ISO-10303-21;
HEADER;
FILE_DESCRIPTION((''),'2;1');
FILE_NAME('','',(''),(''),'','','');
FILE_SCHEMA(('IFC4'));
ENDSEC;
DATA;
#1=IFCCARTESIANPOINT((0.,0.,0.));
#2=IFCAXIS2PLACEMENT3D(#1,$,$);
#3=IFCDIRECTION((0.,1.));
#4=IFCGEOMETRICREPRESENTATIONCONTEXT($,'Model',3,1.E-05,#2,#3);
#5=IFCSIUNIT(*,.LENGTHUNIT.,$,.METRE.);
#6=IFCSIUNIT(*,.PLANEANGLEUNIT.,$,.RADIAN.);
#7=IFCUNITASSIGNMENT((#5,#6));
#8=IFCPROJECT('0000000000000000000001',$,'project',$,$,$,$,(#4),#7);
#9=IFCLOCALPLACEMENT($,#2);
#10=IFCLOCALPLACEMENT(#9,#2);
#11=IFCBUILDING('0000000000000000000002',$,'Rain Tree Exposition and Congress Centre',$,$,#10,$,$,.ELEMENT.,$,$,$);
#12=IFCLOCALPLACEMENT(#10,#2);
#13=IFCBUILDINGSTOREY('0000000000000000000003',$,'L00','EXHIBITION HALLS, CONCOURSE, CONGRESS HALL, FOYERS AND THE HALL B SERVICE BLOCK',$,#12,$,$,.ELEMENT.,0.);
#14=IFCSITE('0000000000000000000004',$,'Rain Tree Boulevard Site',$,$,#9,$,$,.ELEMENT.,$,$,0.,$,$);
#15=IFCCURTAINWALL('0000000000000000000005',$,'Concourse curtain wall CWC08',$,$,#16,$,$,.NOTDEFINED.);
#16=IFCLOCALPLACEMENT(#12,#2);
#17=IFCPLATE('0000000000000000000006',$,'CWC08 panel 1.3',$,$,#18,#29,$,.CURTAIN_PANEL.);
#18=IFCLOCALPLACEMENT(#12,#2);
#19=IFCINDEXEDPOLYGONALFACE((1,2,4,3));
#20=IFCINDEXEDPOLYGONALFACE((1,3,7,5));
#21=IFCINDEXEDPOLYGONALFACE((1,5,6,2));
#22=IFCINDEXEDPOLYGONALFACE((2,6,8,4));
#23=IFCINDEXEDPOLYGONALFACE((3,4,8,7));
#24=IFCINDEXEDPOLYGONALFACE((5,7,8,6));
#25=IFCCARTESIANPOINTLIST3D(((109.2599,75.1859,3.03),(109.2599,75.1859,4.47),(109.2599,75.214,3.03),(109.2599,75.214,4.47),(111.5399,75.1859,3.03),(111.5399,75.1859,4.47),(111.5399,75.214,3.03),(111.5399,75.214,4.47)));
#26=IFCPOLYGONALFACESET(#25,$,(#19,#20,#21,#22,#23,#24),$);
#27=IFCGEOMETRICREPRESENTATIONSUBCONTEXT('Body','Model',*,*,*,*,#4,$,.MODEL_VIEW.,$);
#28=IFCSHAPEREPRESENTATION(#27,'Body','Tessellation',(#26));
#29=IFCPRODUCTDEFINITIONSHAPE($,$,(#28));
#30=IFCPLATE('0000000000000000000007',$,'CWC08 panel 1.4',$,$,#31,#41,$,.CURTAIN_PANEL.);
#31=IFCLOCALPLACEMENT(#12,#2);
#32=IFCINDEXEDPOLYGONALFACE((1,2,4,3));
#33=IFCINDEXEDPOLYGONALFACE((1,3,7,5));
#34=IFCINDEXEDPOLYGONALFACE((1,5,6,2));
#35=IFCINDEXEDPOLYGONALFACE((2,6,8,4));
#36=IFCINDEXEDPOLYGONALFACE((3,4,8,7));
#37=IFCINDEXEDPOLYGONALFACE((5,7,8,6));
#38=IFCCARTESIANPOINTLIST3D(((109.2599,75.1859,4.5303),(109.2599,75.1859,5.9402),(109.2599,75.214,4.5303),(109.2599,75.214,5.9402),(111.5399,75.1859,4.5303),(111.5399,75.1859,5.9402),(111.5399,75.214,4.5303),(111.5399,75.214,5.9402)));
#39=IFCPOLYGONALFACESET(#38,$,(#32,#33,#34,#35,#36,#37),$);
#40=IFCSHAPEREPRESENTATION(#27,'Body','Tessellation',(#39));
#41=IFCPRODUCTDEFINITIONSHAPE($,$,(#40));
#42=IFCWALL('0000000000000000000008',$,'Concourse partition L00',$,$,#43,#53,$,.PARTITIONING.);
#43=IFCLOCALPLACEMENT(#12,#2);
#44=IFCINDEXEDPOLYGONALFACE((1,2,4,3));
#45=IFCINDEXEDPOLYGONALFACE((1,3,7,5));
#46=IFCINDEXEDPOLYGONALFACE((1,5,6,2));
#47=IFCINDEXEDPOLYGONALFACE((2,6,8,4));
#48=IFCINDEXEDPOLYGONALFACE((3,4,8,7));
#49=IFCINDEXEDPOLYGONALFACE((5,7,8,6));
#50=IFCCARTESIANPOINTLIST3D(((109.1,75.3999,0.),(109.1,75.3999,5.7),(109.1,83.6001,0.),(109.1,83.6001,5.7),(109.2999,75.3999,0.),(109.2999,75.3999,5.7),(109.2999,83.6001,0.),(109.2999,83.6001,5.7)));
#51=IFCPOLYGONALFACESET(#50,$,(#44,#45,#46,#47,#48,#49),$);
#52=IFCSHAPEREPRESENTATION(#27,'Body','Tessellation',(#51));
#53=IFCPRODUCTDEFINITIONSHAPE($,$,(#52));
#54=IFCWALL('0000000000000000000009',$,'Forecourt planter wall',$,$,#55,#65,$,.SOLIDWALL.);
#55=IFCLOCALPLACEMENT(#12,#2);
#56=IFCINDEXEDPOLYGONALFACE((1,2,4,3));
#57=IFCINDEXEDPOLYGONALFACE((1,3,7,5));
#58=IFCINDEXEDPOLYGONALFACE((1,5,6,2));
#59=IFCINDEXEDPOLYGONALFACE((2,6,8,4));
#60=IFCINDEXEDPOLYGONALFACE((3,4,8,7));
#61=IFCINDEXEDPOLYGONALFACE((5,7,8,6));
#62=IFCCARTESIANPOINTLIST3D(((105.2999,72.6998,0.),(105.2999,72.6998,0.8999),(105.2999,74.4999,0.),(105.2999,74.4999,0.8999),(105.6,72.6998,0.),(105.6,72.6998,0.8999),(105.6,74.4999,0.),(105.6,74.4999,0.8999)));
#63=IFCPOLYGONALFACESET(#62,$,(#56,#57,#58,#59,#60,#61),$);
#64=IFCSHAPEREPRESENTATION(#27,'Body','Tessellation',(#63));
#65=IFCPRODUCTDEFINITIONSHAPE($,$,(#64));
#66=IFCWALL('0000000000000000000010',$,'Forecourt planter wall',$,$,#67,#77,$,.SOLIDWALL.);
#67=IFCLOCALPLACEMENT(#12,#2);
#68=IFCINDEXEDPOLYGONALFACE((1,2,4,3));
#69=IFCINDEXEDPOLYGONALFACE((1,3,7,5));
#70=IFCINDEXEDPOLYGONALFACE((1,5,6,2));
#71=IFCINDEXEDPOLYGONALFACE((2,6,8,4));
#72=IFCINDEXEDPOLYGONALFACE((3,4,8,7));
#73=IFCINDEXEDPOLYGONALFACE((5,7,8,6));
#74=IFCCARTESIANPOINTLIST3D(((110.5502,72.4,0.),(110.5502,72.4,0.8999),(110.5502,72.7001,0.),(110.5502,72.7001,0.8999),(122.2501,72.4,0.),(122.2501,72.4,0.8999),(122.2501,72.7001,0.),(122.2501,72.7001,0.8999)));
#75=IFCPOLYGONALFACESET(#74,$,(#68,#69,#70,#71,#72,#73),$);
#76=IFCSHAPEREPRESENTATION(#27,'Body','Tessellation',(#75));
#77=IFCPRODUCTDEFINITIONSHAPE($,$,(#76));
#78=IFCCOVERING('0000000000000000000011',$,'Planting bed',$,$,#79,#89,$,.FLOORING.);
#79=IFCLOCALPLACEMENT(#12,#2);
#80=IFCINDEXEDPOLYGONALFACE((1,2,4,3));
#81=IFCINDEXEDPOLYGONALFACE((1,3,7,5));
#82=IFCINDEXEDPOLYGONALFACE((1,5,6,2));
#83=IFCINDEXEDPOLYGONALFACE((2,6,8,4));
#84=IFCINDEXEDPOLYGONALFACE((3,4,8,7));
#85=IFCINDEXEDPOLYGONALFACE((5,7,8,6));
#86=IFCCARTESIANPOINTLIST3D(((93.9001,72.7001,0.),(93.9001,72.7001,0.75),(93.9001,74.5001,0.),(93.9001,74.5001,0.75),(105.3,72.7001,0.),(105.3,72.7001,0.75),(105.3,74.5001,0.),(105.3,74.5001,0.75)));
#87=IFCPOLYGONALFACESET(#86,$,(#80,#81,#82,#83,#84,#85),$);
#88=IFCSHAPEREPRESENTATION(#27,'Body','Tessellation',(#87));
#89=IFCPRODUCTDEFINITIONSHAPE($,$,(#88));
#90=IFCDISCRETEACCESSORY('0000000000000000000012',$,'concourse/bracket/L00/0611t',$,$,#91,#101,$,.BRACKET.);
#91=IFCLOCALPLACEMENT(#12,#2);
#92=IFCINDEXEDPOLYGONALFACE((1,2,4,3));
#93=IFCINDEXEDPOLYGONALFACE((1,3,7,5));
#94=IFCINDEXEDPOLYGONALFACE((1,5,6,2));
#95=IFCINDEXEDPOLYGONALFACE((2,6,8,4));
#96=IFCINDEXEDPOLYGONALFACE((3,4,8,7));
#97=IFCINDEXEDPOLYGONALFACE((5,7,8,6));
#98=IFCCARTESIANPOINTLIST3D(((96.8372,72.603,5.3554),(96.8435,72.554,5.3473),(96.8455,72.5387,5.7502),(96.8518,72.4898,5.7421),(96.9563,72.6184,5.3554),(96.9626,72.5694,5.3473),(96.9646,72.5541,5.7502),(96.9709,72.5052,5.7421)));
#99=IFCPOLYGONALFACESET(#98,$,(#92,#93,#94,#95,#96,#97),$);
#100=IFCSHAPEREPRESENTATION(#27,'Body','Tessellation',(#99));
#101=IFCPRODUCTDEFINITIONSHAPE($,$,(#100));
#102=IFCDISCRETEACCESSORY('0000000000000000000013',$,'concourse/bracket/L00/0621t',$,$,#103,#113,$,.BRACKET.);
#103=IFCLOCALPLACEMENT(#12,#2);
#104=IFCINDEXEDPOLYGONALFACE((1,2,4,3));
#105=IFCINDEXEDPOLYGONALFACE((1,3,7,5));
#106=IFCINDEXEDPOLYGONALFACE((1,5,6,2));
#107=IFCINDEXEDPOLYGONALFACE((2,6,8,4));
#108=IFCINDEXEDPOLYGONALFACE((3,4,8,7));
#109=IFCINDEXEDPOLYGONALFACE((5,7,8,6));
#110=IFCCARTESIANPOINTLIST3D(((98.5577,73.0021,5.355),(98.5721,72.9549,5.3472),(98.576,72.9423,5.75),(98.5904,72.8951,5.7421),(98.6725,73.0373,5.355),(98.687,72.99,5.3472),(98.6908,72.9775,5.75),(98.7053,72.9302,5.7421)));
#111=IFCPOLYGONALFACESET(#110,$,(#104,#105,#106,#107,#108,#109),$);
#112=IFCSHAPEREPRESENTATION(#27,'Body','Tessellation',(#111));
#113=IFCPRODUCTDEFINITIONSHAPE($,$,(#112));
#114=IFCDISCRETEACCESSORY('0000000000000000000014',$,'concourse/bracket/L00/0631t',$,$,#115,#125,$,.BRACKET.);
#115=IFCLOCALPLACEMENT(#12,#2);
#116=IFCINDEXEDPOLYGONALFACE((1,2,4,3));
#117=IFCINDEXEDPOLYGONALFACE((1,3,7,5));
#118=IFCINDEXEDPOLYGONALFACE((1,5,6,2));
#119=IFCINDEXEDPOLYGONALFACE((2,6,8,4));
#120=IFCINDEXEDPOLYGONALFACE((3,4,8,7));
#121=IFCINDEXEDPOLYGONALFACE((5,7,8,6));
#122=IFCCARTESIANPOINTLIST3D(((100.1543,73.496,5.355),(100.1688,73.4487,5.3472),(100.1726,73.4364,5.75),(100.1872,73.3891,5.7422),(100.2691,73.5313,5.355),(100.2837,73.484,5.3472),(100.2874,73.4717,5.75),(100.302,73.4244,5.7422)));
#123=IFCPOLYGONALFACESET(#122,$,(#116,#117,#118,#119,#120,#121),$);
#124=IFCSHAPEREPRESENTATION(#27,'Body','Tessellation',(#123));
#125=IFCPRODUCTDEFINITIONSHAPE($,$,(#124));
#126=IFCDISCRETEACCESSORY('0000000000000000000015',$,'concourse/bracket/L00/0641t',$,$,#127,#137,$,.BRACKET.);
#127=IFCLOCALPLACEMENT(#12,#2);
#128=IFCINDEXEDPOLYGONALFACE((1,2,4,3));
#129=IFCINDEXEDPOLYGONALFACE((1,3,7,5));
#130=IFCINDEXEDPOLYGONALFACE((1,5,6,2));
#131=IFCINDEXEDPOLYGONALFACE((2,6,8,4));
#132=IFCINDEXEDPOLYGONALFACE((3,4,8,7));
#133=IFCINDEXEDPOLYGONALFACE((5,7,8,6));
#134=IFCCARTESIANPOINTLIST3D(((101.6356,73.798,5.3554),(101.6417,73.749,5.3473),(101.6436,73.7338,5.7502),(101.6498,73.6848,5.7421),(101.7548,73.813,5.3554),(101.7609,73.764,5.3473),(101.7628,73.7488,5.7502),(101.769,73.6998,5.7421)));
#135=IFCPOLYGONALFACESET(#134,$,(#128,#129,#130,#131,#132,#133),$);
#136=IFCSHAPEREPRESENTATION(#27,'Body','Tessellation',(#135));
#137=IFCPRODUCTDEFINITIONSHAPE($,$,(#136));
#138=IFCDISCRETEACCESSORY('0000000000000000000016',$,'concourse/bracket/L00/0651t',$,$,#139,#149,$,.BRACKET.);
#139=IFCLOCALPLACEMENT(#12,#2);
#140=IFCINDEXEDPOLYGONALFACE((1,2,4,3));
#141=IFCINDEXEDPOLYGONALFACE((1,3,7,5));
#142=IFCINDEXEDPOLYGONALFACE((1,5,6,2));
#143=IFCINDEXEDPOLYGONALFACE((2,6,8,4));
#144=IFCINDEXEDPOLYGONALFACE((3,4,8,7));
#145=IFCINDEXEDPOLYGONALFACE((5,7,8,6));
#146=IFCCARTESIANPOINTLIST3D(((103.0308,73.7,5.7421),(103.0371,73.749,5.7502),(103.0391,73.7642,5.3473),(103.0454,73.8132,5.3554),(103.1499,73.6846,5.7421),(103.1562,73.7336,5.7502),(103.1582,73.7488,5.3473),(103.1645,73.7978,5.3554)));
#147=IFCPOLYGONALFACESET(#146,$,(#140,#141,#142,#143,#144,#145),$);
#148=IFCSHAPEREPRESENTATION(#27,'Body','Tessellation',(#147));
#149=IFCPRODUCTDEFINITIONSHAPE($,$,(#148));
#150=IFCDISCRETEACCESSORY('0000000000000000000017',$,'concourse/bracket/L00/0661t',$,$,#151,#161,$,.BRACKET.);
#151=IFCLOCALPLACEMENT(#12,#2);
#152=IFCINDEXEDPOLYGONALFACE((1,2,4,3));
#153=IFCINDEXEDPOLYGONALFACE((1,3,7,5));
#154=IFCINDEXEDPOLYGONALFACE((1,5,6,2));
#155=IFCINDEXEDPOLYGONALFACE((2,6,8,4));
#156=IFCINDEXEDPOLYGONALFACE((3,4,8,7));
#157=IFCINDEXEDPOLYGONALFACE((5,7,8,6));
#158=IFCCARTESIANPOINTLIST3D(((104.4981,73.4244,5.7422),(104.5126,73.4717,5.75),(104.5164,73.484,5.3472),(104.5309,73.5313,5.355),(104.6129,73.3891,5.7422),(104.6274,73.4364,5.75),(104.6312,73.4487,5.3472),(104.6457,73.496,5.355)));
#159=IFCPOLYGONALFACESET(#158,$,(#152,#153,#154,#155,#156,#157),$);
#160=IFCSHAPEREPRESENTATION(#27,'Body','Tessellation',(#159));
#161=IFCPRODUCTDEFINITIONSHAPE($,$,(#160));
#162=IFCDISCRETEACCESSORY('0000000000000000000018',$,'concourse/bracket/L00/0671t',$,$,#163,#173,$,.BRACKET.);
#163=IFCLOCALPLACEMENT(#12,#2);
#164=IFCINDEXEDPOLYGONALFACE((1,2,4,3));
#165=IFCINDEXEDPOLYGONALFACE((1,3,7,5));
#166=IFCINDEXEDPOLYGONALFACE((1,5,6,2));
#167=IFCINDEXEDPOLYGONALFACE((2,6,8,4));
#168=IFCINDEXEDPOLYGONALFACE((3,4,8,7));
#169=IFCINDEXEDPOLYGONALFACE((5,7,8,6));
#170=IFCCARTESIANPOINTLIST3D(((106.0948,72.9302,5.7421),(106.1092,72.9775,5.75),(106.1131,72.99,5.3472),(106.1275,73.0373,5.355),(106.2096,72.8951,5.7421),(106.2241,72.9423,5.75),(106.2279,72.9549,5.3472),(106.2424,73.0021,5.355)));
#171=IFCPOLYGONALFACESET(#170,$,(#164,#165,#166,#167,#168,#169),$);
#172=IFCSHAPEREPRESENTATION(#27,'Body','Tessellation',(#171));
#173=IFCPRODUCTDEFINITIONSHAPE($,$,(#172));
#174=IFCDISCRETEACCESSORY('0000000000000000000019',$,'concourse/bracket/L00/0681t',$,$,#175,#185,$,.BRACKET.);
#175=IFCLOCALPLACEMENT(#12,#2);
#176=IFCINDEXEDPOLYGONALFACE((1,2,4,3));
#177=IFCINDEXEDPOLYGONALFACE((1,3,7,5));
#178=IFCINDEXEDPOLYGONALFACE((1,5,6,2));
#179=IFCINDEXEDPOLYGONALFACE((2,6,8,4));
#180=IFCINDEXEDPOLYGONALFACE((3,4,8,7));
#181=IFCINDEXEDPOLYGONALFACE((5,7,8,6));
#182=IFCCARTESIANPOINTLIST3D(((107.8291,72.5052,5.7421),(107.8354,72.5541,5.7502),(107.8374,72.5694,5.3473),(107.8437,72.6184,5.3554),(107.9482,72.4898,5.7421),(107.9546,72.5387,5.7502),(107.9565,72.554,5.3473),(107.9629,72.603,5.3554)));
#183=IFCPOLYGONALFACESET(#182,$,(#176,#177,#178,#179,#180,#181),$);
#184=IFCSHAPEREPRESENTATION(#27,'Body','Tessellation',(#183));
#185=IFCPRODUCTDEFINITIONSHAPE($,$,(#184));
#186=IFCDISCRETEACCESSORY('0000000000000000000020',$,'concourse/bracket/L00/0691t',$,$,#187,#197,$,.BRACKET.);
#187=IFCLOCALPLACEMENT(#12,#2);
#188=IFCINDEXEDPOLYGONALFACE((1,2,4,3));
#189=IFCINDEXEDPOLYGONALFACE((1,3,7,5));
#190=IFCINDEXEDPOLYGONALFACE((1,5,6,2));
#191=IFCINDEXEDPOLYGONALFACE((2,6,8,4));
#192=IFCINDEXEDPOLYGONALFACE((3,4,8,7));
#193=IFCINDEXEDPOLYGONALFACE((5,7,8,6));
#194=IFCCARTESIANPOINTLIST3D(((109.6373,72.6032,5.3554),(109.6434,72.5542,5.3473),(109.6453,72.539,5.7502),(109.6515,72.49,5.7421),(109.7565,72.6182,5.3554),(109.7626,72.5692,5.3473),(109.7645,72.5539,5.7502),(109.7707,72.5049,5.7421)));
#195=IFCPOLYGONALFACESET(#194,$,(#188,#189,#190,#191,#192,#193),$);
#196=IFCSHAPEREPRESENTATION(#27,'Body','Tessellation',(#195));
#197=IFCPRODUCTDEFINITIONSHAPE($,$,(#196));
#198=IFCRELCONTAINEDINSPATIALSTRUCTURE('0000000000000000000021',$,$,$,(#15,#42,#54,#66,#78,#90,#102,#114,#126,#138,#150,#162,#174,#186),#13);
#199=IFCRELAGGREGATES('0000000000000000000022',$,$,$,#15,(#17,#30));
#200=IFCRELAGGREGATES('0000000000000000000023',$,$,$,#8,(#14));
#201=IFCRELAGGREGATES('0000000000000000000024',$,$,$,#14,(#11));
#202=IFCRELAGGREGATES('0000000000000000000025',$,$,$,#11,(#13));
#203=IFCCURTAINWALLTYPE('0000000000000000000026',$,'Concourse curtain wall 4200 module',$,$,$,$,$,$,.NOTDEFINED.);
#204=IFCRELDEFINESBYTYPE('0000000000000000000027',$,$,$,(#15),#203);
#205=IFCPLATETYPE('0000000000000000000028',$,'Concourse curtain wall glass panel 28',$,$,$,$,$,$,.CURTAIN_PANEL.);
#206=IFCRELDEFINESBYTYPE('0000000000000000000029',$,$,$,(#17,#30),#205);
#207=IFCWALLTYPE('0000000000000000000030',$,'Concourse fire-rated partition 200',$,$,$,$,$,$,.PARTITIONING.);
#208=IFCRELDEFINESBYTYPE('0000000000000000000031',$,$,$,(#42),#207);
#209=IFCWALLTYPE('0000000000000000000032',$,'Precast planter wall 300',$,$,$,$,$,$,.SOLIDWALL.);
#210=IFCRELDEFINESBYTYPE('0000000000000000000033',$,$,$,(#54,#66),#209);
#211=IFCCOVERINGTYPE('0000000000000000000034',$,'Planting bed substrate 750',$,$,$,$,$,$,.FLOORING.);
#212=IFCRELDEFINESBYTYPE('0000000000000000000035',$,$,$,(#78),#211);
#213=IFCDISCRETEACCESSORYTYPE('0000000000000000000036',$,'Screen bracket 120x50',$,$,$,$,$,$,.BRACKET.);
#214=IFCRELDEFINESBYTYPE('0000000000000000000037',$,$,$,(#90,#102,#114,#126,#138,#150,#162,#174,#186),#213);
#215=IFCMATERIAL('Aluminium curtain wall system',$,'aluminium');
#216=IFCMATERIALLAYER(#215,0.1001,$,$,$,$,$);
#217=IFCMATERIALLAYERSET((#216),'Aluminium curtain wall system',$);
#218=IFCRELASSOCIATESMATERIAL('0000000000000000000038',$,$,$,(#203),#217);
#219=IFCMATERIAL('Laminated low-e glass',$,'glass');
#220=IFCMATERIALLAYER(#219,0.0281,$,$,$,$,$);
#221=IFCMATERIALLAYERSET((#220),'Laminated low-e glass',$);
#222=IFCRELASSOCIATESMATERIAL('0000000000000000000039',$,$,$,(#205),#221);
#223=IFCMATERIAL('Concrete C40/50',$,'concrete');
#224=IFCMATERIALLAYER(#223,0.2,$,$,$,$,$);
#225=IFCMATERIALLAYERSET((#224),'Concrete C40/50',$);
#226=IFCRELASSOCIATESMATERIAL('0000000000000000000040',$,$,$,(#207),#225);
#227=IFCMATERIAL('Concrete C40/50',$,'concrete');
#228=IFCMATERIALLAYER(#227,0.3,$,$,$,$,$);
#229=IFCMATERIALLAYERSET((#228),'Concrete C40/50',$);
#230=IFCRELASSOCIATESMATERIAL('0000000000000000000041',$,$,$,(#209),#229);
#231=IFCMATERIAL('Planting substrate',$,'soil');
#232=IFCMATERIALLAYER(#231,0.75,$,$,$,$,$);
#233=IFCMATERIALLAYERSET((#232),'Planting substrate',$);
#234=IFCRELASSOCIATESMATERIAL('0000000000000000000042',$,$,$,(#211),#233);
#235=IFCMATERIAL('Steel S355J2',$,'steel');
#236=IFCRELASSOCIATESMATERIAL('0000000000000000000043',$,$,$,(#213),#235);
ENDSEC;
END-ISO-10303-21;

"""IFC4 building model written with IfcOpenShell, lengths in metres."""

from ifc_helpers import new_model, si_unit, direction, frame, frame_2d, origin, origin_2d, place, context, subcontext, project, spatial, rectangle, extrude, material, layer, layer_set, material_profile, profile_set, type_object, element, aggregate, save


model = new_model("IFC4")

# Units and contexts
model_context = context("Model", 3, precision=1e-05, world=origin(), true_north=direction((0.0, 1.0)))
body_context = subcontext(model_context, "Body", "Model", "MODEL_VIEW")
ifc_project = project(units=[si_unit("LENGTHUNIT", "METRE"), si_unit("PLANEANGLEUNIT", "RADIAN")], contexts=[model_context])

# Site, building, storey
site_placement = place(None, origin())
site = spatial("IfcSite", under=ifc_project, at=site_placement, Name="Rain Tree Boulevard Site", CompositionType="ELEMENT", RefElevation=0.0)
building_placement = place(site_placement, origin())
building = spatial("IfcBuilding", under=site, at=building_placement, Name="Rain Tree Exposition and Congress Centre", CompositionType="ELEMENT")
storey_placement = place(building_placement, origin())
storey = spatial("IfcBuildingStorey", under=building, at=storey_placement, Name="L00", Description="EXHIBITION HALLS, CONCOURSE, CONGRESS HALL, FOYERS AND THE HALL B SERVICE BLOCK", CompositionType="ELEMENT", Elevation=0.0)

# Curtain wall, plates
ifc_material_1 = material(Name="Aluminium curtain wall system", Category="aluminium")
ifc_layer_1 = layer(ifc_material_1, 0.1001)
ifc_layer_set_1 = layer_set([ifc_layer_1], Name="Aluminium curtain wall system")
curtain_wall_type = type_object("IfcCurtainWallType", Name="Concourse curtain wall 4200 module", PredefinedType="NOTDEFINED", material=ifc_layer_set_1)
curtain_wall_placement = place(storey_placement, origin())
curtain_wall = element("IfcCurtainWall", 1, at=curtain_wall_placement, inside=storey, type_object=curtain_wall_type, Name="Concourse curtain wall CWC08", PredefinedType="NOTDEFINED")
ifc_material_2 = material(Name="Laminated low-e glass", Category="glass")
ifc_layer_2 = layer(ifc_material_2, 0.0281)
ifc_layer_set_2 = layer_set([ifc_layer_2], Name="Laminated low-e glass")
plate_type = type_object("IfcPlateType", Name="Concourse curtain wall glass panel 28", PredefinedType="CURTAIN_PANEL", material=ifc_layer_set_2)
plate_1_placement = place(storey_placement, frame((110.3999, 75.2, 3.03), z_axis=(0.0, 0.0, 1.0), x_axis=(1.0, 0.0, 0.0)))
plate_1 = element("IfcPlate", 2, at=plate_1_placement, type_object=plate_type, Name="CWC08 panel 1.3", PredefinedType="CURTAIN_PANEL", context=body_context, shape_type="SweptSolid", body=[
    extrude(rectangle(XDim=2.28, YDim=0.0281, at=origin_2d()), origin(), (0.0, 0.0, 1.0), 1.4399),
])
plate_2_placement = place(storey_placement, frame((110.3999, 75.2, 4.5303), z_axis=(0.0, 0.0, 1.0), x_axis=(1.0, 0.0, 0.0)))
plate_2 = element("IfcPlate", 3, at=plate_2_placement, type_object=plate_type, Name="CWC08 panel 1.4", PredefinedType="CURTAIN_PANEL", context=body_context, shape_type="SweptSolid", body=[
    extrude(rectangle(XDim=2.28, YDim=0.0281, at=origin_2d()), origin(), (0.0, 0.0, 1.0), 1.4099),
])
aggregate(curtain_wall, [plate_1, plate_2])

# Walls
ifc_material_3 = material(Name="Concrete C40/50", Category="concrete")
ifc_layer_3 = layer(ifc_material_3, 0.2)
ifc_layer_set_3 = layer_set([ifc_layer_3], Name="Concrete C40/50")
wall_type_1 = type_object("IfcWallType", Name="Concourse fire-rated partition 200", PredefinedType="PARTITIONING", material=ifc_layer_set_3)
wall_1_placement = place(storey_placement, frame((109.2, 75.3999, 0.0), z_axis=(0.0, 0.0, 1.0), x_axis=(0.0, 1.0, 0.0)))
element("IfcWall", 4, at=wall_1_placement, inside=storey, type_object=wall_type_1, Name="Concourse partition L00", PredefinedType="PARTITIONING", context=body_context, shape_type="SweptSolid", body=[
    extrude(rectangle(XDim=8.2002, YDim=0.2, at=frame_2d((4.1001, 0.0))), origin(), (0.0, 0.0, 1.0), 5.7),
])
ifc_material_4 = material(Name="Concrete C40/50", Category="concrete")
ifc_layer_4 = layer(ifc_material_4, 0.3)
ifc_layer_set_4 = layer_set([ifc_layer_4], Name="Concrete C40/50")
wall_type_2 = type_object("IfcWallType", Name="Precast planter wall 300", PredefinedType="SOLIDWALL", material=ifc_layer_set_4)
wall_2_placement = place(storey_placement, frame((105.45, 72.7, 0.0), z_axis=(0.0, 0.0, 1.0), x_axis=(0.0, 1.0, 0.0)))
element("IfcWall", 5, at=wall_2_placement, inside=storey, type_object=wall_type_2, Name="Forecourt planter wall", PredefinedType="SOLIDWALL", context=body_context, shape_type="SweptSolid", body=[
    extrude(rectangle(XDim=1.8, YDim=0.3, at=frame_2d((0.8999, 0.0))), origin(), (0.0, 0.0, 1.0), 0.8999),
])
wall_3_placement = place(storey_placement, frame((110.55, 72.55, 0.0), z_axis=(0.0, 0.0, 1.0), x_axis=(1.0, 0.0, 0.0)))
element("IfcWall", 6, at=wall_3_placement, inside=storey, type_object=wall_type_2, Name="Forecourt planter wall", PredefinedType="SOLIDWALL", context=body_context, shape_type="SweptSolid", body=[
    extrude(rectangle(XDim=11.7, YDim=0.3, at=frame_2d((5.8501, 0.0))), origin(), (0.0, 0.0, 1.0), 0.8999),
])

# Covering
ifc_material_5 = material(Name="Planting substrate", Category="soil")
ifc_layer_5 = layer(ifc_material_5, 0.75)
ifc_layer_set_5 = layer_set([ifc_layer_5], Name="Planting substrate")
covering_type_1 = type_object("IfcCoveringType", Name="Planting bed substrate 750", PredefinedType="FLOORING", material=ifc_layer_set_5)
covering_1_placement = place(storey_placement, frame((99.6001, 73.6001, 0.0), z_axis=(0.0, 0.0, 1.0), x_axis=(1.0, 0.0, 0.0)))
element("IfcCovering", 7, at=covering_1_placement, inside=storey, type_object=covering_type_1, Name="Planting bed", PredefinedType="FLOORING", context=body_context, shape_type="SweptSolid", body=[
    extrude(rectangle(XDim=11.3999, YDim=1.8, at=origin_2d()), origin(), (0.0, 0.0, 1.0), 0.75),
])

# Discrete accessories
ifc_material_6 = material(Name="Steel S355J2", Category="steel")
ifc_material_profile_1 = material_profile(ifc_material_6, rectangle(XDim=0.1201, YDim=0.05, at=origin_2d()), Name="Flat bar 120x50")
ifc_profile_set_1 = profile_set([ifc_material_profile_1], Name="Steel S355J2")
discrete_accessory_type = type_object("IfcDiscreteAccessoryType", Name="Screen bracket 120x50", PredefinedType="BRACKET", material=ifc_profile_set_1)
discrete_accessory_placement = place(storey_placement, frame((96.8999, 72.5862, 5.3513), z_axis=(0.020749, -0.160503, 0.986817), x_axis=(0.991747, 0.128211, 0.0)))
element("IfcDiscreteAccessory", 8, at=discrete_accessory_placement, inside=storey, type_object=discrete_accessory_type, Name="concourse/bracket/L00/0611t", PredefinedType="BRACKET", context=body_context, shape_type="SweptSolid", body=[
    extrude(rectangle(XDim=0.1201, YDim=0.05, at=origin_2d()), origin(), (0.0, 0.0, 1.0), 0.4001),
])
for number, where, z_axis, x_axis, name in (
    (9, (98.6223, 72.9961, 5.3511), (0.045783, -0.149558, 0.987692), (0.9562, 0.292714, 0.0), "concourse/bracket/L00/0621t"),
    (10, (100.219, 73.49, 5.3511), (0.045787, -0.148961, 0.987782), (0.955864, 0.293811, 0.0), "concourse/bracket/L00/0631t"),
):
    element("IfcDiscreteAccessory", number, at=place(storey_placement, frame(where, z_axis=z_axis, x_axis=x_axis)), inside=storey, type_object=discrete_accessory_type, Name=name, PredefinedType="BRACKET", context=body_context, shape_type="SweptSolid", body=[
        extrude(rectangle(XDim=0.1201, YDim=0.05, at=origin_2d()), origin(), (0.0, 0.0, 1.0), 0.3999),
    ])
for number, where, z_axis, x_axis, name in (
    (11, (101.6982, 73.781, 5.3513), (0.020139, -0.160505, 0.98683), (0.99222, 0.124499, 0.0), "concourse/bracket/L00/0641t"),
    (12, (103.1018, 73.781, 5.3513), (-0.020749, -0.160503, 0.986817), (0.991747, -0.128211, 0.0), "concourse/bracket/L00/0651t"),
):
    element("IfcDiscreteAccessory", number, at=place(storey_placement, frame(where, z_axis=z_axis, x_axis=x_axis)), inside=storey, type_object=discrete_accessory_type, Name=name, PredefinedType="BRACKET", context=body_context, shape_type="SweptSolid", body=[
        extrude(rectangle(XDim=0.1201, YDim=0.05, at=origin_2d()), origin(), (0.0, 0.0, 1.0), 0.4001),
    ])
for number, where, z_axis, x_axis, name in (
    (13, (104.5811, 73.49, 5.3511), (-0.045787, -0.148961, 0.987782), (0.955864, -0.293811, 0.0), "concourse/bracket/L00/0661t"),
    (14, (106.1777, 72.9961, 5.3511), (-0.045783, -0.149558, 0.987692), (0.9562, -0.292714, 0.0), "concourse/bracket/L00/0671t"),
):
    element("IfcDiscreteAccessory", number, at=place(storey_placement, frame(where, z_axis=z_axis, x_axis=x_axis)), inside=storey, type_object=discrete_accessory_type, Name=name, PredefinedType="BRACKET", context=body_context, shape_type="SweptSolid", body=[
        extrude(rectangle(XDim=0.1201, YDim=0.05, at=origin_2d()), origin(), (0.0, 0.0, 1.0), 0.3999),
    ])
for number, where, z_axis, x_axis, name in (
    (15, (107.9001, 72.5862, 5.3513), (-0.020749, -0.160503, 0.986817), (0.991747, -0.128211, 0.0), "concourse/bracket/L00/0681t"),
    (16, (109.7, 72.5862, 5.3513), (0.020139, -0.160505, 0.98683), (0.99222, 0.124499, 0.0), "concourse/bracket/L00/0691t"),
):
    element("IfcDiscreteAccessory", number, at=place(storey_placement, frame(where, z_axis=z_axis, x_axis=x_axis)), inside=storey, type_object=discrete_accessory_type, Name=name, PredefinedType="BRACKET", context=body_context, shape_type="SweptSolid", body=[
        extrude(rectangle(XDim=0.1201, YDim=0.05, at=origin_2d()), origin(), (0.0, 0.0, 1.0), 0.4001),
    ])

save(model, "model.ifc")
